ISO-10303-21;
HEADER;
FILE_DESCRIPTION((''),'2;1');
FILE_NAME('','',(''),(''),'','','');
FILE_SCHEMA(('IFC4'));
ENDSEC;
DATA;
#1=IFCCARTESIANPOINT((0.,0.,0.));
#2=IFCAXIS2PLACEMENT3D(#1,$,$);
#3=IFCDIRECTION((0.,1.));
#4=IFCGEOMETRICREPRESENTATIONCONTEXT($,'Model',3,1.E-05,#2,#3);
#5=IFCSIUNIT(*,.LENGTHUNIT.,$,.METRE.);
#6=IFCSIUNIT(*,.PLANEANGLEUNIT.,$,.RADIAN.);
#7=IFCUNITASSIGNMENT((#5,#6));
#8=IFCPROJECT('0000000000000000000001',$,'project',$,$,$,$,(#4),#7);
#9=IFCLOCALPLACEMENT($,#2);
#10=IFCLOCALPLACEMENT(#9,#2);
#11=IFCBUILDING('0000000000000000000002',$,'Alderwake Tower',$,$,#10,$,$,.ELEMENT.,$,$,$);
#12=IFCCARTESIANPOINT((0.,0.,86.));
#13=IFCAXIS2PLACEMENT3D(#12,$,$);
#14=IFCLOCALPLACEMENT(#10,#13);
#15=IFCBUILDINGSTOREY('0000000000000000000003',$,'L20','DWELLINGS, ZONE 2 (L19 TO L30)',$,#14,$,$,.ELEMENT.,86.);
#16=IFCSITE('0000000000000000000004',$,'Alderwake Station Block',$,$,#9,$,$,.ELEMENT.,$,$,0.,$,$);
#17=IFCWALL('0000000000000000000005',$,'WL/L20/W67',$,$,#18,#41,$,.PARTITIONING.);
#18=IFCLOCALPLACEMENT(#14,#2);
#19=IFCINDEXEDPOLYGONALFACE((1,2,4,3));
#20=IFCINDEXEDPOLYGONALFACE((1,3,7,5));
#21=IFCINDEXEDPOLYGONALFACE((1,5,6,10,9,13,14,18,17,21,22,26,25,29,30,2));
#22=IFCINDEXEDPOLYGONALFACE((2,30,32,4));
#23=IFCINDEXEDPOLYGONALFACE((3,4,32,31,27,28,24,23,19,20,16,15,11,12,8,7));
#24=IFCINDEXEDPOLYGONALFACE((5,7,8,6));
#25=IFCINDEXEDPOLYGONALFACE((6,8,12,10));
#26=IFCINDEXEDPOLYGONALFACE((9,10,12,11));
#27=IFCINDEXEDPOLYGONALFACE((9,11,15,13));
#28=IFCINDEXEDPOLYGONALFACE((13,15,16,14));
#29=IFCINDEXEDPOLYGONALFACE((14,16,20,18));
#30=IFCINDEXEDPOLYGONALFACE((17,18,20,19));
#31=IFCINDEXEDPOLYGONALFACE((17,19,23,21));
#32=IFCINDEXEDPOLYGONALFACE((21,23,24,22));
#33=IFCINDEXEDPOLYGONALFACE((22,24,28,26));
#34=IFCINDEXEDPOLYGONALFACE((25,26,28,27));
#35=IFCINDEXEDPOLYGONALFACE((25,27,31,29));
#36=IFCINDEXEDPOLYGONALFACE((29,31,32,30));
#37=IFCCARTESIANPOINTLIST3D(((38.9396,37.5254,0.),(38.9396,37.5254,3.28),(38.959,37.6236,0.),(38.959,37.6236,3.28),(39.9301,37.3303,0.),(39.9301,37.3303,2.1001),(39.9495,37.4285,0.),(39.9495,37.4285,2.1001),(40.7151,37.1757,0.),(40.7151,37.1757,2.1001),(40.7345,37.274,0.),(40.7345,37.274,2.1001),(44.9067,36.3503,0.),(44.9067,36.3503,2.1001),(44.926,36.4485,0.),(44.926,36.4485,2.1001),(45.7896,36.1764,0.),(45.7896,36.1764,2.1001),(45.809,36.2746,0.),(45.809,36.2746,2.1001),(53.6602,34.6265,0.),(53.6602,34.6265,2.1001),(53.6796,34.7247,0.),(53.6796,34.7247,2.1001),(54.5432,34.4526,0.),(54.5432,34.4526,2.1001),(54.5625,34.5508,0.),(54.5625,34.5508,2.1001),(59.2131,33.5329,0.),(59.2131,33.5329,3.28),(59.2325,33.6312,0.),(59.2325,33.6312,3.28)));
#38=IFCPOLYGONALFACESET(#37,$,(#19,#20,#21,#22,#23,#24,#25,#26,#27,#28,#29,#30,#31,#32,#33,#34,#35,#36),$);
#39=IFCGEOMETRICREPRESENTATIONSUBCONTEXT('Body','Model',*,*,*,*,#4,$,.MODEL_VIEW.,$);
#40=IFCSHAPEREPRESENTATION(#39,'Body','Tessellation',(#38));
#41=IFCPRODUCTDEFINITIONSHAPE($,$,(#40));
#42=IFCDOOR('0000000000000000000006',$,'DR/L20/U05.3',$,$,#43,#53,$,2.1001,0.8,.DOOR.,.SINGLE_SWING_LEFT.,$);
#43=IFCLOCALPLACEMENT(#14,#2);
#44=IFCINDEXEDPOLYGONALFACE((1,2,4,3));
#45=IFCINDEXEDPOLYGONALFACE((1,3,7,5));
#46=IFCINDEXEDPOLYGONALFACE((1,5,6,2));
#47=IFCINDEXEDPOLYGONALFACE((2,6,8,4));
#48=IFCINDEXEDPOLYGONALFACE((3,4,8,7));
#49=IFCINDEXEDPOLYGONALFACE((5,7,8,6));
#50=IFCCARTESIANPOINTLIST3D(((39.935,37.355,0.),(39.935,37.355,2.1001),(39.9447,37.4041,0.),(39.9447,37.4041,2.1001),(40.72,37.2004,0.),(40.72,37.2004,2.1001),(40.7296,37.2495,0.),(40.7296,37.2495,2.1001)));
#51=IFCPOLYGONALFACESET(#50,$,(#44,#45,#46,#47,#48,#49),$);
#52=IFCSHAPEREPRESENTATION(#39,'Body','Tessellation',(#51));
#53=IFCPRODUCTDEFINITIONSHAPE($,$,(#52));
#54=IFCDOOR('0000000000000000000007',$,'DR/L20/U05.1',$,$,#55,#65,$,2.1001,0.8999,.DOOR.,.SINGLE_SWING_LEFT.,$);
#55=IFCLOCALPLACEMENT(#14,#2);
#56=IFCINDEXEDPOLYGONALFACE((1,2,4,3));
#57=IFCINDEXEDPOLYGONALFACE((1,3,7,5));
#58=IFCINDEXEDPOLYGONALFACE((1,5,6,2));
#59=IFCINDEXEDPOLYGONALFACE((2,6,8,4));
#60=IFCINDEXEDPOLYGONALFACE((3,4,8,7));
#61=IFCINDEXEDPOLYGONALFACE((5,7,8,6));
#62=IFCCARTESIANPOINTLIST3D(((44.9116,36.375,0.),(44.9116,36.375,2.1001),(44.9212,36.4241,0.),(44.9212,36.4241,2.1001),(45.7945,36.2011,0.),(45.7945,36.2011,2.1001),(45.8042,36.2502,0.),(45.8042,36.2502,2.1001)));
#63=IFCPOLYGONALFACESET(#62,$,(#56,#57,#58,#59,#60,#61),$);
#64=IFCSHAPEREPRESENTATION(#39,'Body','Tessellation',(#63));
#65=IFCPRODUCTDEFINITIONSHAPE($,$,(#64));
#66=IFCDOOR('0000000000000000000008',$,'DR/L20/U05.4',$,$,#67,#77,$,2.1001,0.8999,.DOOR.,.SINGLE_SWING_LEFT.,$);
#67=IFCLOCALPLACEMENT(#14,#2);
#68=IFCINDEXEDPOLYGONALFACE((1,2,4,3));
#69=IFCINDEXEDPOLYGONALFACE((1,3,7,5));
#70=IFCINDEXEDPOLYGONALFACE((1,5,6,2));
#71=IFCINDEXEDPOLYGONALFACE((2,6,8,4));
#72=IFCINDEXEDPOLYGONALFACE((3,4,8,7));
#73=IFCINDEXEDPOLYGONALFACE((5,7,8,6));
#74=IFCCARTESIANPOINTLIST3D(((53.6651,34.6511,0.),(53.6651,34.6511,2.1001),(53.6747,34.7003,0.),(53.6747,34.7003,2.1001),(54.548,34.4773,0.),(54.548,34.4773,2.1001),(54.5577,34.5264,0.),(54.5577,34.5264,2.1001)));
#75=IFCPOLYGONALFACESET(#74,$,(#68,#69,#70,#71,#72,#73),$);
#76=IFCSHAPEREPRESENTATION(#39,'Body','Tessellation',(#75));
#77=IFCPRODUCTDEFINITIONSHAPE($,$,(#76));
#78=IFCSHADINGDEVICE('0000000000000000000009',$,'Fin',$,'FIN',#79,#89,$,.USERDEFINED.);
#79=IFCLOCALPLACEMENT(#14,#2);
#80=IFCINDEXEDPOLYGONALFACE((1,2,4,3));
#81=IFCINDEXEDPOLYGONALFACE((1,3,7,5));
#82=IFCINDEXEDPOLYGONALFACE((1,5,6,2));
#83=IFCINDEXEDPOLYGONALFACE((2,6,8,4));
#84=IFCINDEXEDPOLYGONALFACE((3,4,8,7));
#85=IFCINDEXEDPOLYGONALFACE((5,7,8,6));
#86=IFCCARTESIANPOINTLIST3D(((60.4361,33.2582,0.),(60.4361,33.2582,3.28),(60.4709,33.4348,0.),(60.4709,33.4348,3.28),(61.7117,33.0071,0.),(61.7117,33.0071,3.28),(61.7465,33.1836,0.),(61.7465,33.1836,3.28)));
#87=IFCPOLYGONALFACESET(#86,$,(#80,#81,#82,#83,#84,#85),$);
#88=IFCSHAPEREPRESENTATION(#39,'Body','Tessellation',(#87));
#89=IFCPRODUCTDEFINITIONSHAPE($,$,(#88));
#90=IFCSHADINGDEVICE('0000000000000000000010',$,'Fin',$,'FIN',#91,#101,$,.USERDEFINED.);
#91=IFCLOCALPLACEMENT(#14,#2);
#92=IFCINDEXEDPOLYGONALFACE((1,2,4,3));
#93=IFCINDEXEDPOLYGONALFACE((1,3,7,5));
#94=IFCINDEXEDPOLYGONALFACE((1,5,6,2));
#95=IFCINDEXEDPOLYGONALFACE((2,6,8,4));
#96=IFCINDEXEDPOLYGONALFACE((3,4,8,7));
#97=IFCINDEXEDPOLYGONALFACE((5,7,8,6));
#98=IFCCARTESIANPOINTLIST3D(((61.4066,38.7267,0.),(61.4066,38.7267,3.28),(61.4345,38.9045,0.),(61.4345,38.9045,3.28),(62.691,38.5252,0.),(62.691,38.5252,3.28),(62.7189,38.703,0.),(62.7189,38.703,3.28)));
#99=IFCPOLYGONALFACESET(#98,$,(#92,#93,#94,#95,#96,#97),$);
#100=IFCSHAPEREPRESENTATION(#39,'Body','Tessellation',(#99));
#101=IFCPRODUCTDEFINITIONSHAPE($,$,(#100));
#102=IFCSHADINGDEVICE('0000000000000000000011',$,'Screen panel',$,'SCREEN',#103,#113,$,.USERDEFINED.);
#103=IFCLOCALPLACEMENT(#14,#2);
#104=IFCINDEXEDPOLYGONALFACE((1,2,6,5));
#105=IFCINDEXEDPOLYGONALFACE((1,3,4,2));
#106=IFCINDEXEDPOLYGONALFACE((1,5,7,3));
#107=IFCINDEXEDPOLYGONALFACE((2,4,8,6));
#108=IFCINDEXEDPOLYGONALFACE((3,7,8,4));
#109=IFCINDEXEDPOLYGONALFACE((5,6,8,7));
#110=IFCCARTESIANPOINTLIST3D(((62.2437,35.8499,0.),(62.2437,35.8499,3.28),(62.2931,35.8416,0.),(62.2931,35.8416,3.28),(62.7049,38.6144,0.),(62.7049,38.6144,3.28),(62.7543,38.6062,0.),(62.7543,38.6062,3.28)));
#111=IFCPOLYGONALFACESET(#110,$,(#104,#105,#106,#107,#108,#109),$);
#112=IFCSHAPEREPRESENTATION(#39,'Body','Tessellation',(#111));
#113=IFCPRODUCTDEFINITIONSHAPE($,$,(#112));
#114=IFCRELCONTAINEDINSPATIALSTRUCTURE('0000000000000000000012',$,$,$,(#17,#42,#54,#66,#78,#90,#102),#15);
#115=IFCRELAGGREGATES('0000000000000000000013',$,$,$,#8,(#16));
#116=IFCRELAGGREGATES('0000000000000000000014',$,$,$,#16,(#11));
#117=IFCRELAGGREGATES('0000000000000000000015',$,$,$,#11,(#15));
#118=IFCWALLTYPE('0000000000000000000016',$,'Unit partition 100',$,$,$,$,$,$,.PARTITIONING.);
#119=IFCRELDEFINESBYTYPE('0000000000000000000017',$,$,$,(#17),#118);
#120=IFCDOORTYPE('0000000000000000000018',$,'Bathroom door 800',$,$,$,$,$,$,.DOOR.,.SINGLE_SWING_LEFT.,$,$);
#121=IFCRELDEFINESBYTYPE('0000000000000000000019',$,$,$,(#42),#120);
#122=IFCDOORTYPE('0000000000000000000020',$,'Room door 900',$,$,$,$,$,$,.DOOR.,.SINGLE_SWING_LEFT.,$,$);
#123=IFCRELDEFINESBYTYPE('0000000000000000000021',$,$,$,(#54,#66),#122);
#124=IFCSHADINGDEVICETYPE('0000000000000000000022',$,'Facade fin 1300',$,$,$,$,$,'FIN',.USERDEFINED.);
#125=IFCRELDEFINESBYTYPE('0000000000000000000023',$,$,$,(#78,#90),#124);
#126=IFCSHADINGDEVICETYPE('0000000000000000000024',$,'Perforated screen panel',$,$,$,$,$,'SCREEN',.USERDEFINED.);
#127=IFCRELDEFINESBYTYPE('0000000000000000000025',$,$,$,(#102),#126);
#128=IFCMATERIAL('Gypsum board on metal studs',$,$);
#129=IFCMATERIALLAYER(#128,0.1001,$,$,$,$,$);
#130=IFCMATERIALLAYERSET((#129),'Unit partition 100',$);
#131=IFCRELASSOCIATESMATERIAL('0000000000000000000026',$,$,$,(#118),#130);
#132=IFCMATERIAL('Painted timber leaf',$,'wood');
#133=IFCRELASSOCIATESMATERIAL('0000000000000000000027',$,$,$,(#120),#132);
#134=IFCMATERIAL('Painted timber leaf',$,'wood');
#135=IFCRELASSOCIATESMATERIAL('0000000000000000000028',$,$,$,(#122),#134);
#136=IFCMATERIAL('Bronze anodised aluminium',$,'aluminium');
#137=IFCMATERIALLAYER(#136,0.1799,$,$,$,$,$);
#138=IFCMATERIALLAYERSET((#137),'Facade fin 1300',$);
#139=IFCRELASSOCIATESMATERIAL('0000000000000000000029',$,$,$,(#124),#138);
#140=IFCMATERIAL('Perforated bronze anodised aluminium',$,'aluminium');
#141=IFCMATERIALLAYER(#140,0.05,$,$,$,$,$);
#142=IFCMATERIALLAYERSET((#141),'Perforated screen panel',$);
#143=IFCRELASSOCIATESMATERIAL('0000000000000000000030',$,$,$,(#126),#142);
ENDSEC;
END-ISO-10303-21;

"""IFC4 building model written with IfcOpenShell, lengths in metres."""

from ifc_helpers import new_model, si_unit, direction, frame, frame_2d, origin, origin_2d, place, context, subcontext, project, spatial, rectangle, extrude, material, layer, layer_set, type_object, element, fill, save


model = new_model("IFC4")

# Units and contexts
model_context = context("Model", 3, precision=1e-05, world=origin(), true_north=direction((0.0, 1.0)))
body_context = subcontext(model_context, "Body", "Model", "MODEL_VIEW")
ifc_project = project(units=[si_unit("LENGTHUNIT", "METRE"), si_unit("PLANEANGLEUNIT", "RADIAN")], contexts=[model_context])

# Site, building, storey
site_placement = place(None, origin())
site = spatial("IfcSite", under=ifc_project, at=site_placement, Name="Alderwake Station Block", CompositionType="ELEMENT", RefElevation=0.0)
building_placement = place(site_placement, origin())
building = spatial("IfcBuilding", under=site, at=building_placement, Name="Alderwake Tower", CompositionType="ELEMENT")
storey_placement = place(building_placement, frame((0.0, 0.0, 86.0)))
storey = spatial("IfcBuildingStorey", under=building, at=storey_placement, Name="L20", Description="DWELLINGS, ZONE 2 (L19 TO L30)", CompositionType="ELEMENT", Elevation=86.0)

# Wall, openings, doors
ifc_material_1 = material(Name="Gypsum board on metal studs")
ifc_layer_1 = layer(ifc_material_1, 0.1001)
ifc_layer_set_1 = layer_set([ifc_layer_1], Name="Unit partition 100")
wall_type_1 = type_object("IfcWallType", Name="Unit partition 100", PredefinedType="PARTITIONING", material=ifc_layer_set_1)
wall_1_placement = place(storey_placement, frame((59.2229, 33.582, 0.0), z_axis=(0.0, 0.0, 1.0), x_axis=(-0.981156, 0.193218, 0.0)))
wall_1 = element("IfcWall", 1, at=wall_1_placement, inside=storey, type_object=wall_type_1, Name="WL/L20/W67", PredefinedType="PARTITIONING", context=body_context, shape_type="SweptSolid", body=[
    extrude(rectangle(XDim=20.6628, YDim=0.1001, at=frame_2d((10.3315, 0.0))), origin(), (0.0, 0.0, 1.0), 3.28),
])
opening_1_placement = place(wall_1_placement, frame((13.6814, 0.0, 0.0)))
opening_1 = element("IfcOpeningElement", 2, at=opening_1_placement, cuts=wall_1, PredefinedType="OPENING", context=body_context, shape_type="SweptSolid", body=[
    extrude(rectangle(XDim=0.8999, YDim=2.1001, at=frame_2d((0.45, 1.05))), frame((0.0, 0.0601, 0.0), z_axis=(0.0, -1.0, 0.0), x_axis=(1.0, 0.0, 0.0)), (0.0, 0.0, 1.0), 0.1201),
])
opening_2_placement = place(wall_1_placement, frame((18.8535, 0.0, 0.0)))
opening_2 = element("IfcOpeningElement", 3, at=opening_2_placement, cuts=wall_1, PredefinedType="OPENING", context=body_context, shape_type="SweptSolid", body=[
    extrude(rectangle(XDim=0.8, YDim=2.1001, at=frame_2d((0.3999, 1.05))), frame((0.0, 0.0601, 0.0), z_axis=(0.0, -1.0, 0.0), x_axis=(1.0, 0.0, 0.0)), (0.0, 0.0, 1.0), 0.1201),
])
opening_3_placement = place(wall_1_placement, frame((4.7598, 0.0, 0.0)))
opening_3 = element("IfcOpeningElement", 4, at=opening_3_placement, cuts=wall_1, PredefinedType="OPENING", context=body_context, shape_type="SweptSolid", body=[
    extrude(rectangle(XDim=0.8999, YDim=2.1001, at=frame_2d((0.45, 1.05))), frame((0.0, 0.0601, 0.0), z_axis=(0.0, -1.0, 0.0), x_axis=(1.0, 0.0, 0.0)), (0.0, 0.0, 1.0), 0.1201),
])
ifc_material_2 = material(Name="Painted timber leaf", Category="wood")
door_type_1 = type_object("IfcDoorType", Name="Bathroom door 800", OperationType="SINGLE_SWING_LEFT", PredefinedType="DOOR", material=ifc_material_2)
door_1_placement = place(opening_2_placement, origin())
door_1 = element("IfcDoor", 5, at=door_1_placement, inside=storey, type_object=door_type_1, Name="DR/L20/U05.3", OperationType="SINGLE_SWING_LEFT", OverallHeight=2.1001, OverallWidth=0.8, PredefinedType="DOOR", context=body_context, shape_type="SweptSolid", body=[
    extrude(rectangle(XDim=0.8, YDim=2.1001, at=frame_2d((0.3999, 1.05))), frame((0.0, 0.0249, 0.0), z_axis=(0.0, -1.0, 0.0), x_axis=(1.0, 0.0, 0.0)), (0.0, 0.0, 1.0), 0.05),
])
fill(opening_2, door_1)
ifc_material_3 = material(Name="Painted timber leaf", Category="wood")
door_type_2 = type_object("IfcDoorType", Name="Room door 900", OperationType="SINGLE_SWING_LEFT", PredefinedType="DOOR", material=ifc_material_3)
door_2_placement = place(opening_1_placement, origin())
door_2 = element("IfcDoor", 6, at=door_2_placement, inside=storey, type_object=door_type_2, Name="DR/L20/U05.1", OperationType="SINGLE_SWING_LEFT", OverallHeight=2.1001, OverallWidth=0.8999, PredefinedType="DOOR", context=body_context, shape_type="SweptSolid", body=[
    extrude(rectangle(XDim=0.8999, YDim=2.1001, at=frame_2d((0.45, 1.05))), frame((0.0, 0.0249, 0.0), z_axis=(0.0, -1.0, 0.0), x_axis=(1.0, 0.0, 0.0)), (0.0, 0.0, 1.0), 0.05),
])
fill(opening_1, door_2)
door_3_placement = place(opening_3_placement, origin())
door_3 = element("IfcDoor", 7, at=door_3_placement, inside=storey, type_object=door_type_2, Name="DR/L20/U05.4", OperationType="SINGLE_SWING_LEFT", OverallHeight=2.1001, OverallWidth=0.8999, PredefinedType="DOOR", context=body_context, shape_type="SweptSolid", body=[
    extrude(rectangle(XDim=0.8999, YDim=2.1001, at=frame_2d((0.45, 1.05))), frame((0.0, 0.0249, 0.0), z_axis=(0.0, -1.0, 0.0), x_axis=(1.0, 0.0, 0.0)), (0.0, 0.0, 1.0), 0.05),
])
fill(opening_3, door_3)

# Shading devices
ifc_material_4 = material(Name="Bronze anodised aluminium", Category="aluminium")
ifc_layer_2 = layer(ifc_material_4, 0.1799)
ifc_layer_set_2 = layer_set([ifc_layer_2], Name="Facade fin 1300")
shading_device_type_1 = type_object("IfcShadingDeviceType", Name="Facade fin 1300", ElementType="FIN", PredefinedType="USERDEFINED", material=ifc_layer_set_2)
for number, where, z_axis, x_axis, name in (
    (8, (61.0913, 33.2209, 0.0), (0.0, 0.0, 1.0), (0.981164, -0.193178, 0.0), "Fin"),
    (9, (62.0627, 38.7148, 0.0), (0.0, 0.0, 1.0), (0.987919, -0.154972, 0.0), "Fin"),
):
    element("IfcShadingDevice", number, at=place(storey_placement, frame(where, z_axis=z_axis, x_axis=x_axis)), inside=storey, type_object=shading_device_type_1, Name=name, ObjectType="FIN", PredefinedType="USERDEFINED", context=body_context, shape_type="SweptSolid", body=[
        extrude(rectangle(XDim=1.3, YDim=0.1799, at=origin_2d()), origin(), (0.0, 0.0, 1.0), 3.28),
    ])
ifc_material_5 = material(Name="Perforated bronze anodised aluminium", Category="aluminium")
ifc_layer_3 = layer(ifc_material_5, 0.05)
ifc_layer_set_3 = layer_set([ifc_layer_3], Name="Perforated screen panel")
shading_device_type_2 = type_object("IfcShadingDeviceType", Name="Perforated screen panel", ElementType="SCREEN", PredefinedType="USERDEFINED", material=ifc_layer_set_3)
shading_device_placement = place(storey_placement, frame((62.499, 37.228, 0.0), z_axis=(0.0, 0.0, 1.0), x_axis=(0.986369, -0.164548, 0.0)))
element("IfcShadingDevice", 10, at=shading_device_placement, inside=storey, type_object=shading_device_type_2, Name="Screen panel", ObjectType="SCREEN", PredefinedType="USERDEFINED", context=body_context, shape_type="SweptSolid", body=[
    extrude(rectangle(XDim=0.05, YDim=2.8027, at=origin_2d()), origin(), (0.0, 0.0, 1.0), 3.28),
])

save(model, "model.ifc")
